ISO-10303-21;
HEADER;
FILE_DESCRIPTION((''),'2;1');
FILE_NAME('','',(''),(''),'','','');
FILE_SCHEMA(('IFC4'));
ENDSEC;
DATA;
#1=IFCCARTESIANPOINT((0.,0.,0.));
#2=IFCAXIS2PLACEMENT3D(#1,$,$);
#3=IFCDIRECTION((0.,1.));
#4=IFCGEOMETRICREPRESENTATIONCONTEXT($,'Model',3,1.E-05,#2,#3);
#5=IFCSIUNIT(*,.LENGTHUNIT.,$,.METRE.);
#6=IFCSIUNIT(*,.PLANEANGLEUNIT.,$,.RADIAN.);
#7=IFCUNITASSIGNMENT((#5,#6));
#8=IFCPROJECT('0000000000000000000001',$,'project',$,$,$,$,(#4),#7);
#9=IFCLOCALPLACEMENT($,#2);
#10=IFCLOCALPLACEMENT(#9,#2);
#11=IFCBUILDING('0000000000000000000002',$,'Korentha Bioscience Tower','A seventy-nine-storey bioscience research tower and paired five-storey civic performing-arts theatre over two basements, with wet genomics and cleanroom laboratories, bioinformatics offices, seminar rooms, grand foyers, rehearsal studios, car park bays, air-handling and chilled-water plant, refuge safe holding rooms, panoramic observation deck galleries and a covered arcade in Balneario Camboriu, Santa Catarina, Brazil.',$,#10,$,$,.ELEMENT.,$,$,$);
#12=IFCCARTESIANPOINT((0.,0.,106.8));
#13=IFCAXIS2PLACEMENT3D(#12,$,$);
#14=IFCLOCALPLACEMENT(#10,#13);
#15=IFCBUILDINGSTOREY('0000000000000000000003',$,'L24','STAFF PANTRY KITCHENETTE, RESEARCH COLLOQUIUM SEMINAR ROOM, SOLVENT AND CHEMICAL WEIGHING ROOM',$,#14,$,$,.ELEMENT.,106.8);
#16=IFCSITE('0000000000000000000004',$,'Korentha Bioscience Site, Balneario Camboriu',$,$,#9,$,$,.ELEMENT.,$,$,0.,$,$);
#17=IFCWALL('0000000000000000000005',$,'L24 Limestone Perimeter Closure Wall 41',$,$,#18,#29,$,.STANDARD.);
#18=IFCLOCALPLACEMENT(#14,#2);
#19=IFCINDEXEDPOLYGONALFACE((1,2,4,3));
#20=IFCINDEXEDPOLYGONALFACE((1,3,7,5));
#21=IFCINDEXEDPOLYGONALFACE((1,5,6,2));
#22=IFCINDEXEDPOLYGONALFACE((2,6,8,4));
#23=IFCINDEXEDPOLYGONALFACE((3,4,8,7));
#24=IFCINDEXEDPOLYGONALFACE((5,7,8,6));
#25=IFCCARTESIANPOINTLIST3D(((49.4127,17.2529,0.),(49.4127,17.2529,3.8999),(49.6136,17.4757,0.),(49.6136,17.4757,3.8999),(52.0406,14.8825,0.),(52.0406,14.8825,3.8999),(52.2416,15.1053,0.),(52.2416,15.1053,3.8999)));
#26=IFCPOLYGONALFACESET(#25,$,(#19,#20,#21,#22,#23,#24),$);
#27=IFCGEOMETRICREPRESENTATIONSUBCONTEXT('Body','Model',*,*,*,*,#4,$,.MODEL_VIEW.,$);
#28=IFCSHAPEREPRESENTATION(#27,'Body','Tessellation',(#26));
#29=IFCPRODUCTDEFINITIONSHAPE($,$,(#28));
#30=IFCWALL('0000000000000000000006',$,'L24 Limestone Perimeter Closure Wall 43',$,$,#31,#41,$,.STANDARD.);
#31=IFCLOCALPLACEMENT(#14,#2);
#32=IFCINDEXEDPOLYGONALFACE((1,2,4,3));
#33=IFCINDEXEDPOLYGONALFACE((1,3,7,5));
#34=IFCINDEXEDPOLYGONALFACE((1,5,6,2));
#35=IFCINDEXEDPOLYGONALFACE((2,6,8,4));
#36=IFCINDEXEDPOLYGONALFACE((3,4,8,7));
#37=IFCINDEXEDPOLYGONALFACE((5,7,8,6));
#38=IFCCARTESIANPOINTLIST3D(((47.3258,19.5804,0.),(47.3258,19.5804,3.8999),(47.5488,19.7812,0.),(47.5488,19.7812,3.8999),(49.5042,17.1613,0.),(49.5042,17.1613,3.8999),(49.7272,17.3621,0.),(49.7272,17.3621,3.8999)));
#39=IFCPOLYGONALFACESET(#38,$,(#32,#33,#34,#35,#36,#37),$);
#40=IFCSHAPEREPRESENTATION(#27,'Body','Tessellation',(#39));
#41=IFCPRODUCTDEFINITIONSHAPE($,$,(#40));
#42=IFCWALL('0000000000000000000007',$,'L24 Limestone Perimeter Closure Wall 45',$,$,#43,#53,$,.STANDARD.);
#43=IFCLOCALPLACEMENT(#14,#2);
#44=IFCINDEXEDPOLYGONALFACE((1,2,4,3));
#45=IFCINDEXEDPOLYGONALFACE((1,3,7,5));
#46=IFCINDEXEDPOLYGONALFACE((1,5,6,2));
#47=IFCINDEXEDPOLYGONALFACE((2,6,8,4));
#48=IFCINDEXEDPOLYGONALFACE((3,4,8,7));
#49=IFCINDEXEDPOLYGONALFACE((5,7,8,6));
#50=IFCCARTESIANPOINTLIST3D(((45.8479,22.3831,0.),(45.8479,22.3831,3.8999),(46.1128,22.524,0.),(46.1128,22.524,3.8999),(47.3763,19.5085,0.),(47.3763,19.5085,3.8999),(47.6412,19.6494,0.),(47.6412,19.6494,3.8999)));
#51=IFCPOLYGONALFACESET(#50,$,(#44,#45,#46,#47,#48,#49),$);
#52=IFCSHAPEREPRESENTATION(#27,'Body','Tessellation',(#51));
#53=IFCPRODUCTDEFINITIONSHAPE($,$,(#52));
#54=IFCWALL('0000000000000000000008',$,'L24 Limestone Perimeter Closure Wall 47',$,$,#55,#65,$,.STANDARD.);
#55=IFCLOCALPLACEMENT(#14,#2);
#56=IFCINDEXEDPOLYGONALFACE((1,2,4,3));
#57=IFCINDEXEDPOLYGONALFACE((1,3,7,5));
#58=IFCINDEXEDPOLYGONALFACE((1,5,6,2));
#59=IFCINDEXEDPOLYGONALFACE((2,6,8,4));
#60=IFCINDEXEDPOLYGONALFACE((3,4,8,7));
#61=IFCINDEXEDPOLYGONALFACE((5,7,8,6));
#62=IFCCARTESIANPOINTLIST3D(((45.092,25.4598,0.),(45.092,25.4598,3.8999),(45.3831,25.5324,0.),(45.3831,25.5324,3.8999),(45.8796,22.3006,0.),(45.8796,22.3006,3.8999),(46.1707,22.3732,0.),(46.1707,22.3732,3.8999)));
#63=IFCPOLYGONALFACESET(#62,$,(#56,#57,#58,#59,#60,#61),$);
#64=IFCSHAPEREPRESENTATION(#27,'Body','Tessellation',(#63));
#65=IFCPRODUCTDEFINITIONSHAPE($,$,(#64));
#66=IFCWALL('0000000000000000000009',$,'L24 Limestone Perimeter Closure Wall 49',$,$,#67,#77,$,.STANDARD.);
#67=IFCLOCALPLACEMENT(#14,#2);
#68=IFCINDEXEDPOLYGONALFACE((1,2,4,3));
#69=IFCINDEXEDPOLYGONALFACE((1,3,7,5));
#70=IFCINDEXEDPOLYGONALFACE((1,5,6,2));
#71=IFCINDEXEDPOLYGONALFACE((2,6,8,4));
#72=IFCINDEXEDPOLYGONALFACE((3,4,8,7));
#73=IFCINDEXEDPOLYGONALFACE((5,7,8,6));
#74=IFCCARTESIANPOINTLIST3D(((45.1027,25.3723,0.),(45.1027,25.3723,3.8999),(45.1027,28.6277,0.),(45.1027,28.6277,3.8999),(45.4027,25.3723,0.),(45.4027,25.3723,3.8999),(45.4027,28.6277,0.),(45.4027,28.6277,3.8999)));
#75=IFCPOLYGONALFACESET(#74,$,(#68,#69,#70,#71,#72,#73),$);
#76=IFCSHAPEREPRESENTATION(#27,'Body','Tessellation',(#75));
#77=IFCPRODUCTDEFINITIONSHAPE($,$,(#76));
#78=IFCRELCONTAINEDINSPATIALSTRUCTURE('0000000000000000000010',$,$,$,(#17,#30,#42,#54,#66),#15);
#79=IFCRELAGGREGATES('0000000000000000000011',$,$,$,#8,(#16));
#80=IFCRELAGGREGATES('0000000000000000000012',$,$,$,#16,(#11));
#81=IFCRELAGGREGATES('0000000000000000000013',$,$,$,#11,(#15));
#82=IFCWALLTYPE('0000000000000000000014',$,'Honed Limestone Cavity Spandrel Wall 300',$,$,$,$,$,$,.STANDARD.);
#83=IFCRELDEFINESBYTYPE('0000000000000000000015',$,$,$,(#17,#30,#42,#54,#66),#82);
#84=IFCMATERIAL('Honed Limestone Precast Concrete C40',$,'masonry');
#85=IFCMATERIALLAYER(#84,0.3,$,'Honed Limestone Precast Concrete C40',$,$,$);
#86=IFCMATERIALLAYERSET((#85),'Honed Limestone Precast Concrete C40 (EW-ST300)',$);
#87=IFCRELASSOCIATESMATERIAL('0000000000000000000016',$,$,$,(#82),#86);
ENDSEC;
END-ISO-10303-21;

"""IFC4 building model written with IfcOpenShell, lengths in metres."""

from ifc_helpers import new_model, si_unit, direction, frame, frame_2d, origin, place, context, subcontext, project, spatial, rectangle, extrude, material, layer, layer_set, type_object, element, save


model = new_model("IFC4")

# Units and contexts
model_context = context("Model", 3, precision=1e-05, world=origin(), true_north=direction((0.0, 1.0)))
body_context = subcontext(model_context, "Body", "Model", "MODEL_VIEW")
ifc_project = project(units=[si_unit("LENGTHUNIT", "METRE"), si_unit("PLANEANGLEUNIT", "RADIAN")], contexts=[model_context])

# Site, building, storey
site_placement = place(None, origin())
site = spatial("IfcSite", under=ifc_project, at=site_placement, Name="Korentha Bioscience Site, Balneario Camboriu", CompositionType="ELEMENT", RefElevation=0.0)
building_placement = place(site_placement, origin())
building = spatial("IfcBuilding", under=site, at=building_placement, Name="Korentha Bioscience Tower", Description="A seventy-nine-storey bioscience research tower and paired five-storey civic performing-arts theatre over two basements, with wet genomics and cleanroom laboratories, bioinformatics offices, seminar rooms, grand foyers, rehearsal studios, car park bays, air-handling and chilled-water plant, refuge safe holding rooms, panoramic observation deck galleries and a covered arcade in Balneario Camboriu, Santa Catarina, Brazil.", CompositionType="ELEMENT")
storey_placement = place(building_placement, frame((0.0, 0.0, 106.8)))
storey = spatial("IfcBuildingStorey", under=building, at=storey_placement, Name="L24", Description="STAFF PANTRY KITCHENETTE, RESEARCH COLLOQUIUM SEMINAR ROOM, SOLVENT AND CHEMICAL WEIGHING ROOM", CompositionType="ELEMENT", Elevation=106.8)

# Walls
ifc_material_1 = material(Name="Honed Limestone Precast Concrete C40", Category="masonry")
ifc_layer_1 = layer(ifc_material_1, 0.3, Name="Honed Limestone Precast Concrete C40")
ifc_layer_set_1 = layer_set([ifc_layer_1], Name="Honed Limestone Precast Concrete C40 (EW-ST300)")
wall_type_1 = type_object("IfcWallType", Name="Honed Limestone Cavity Spandrel Wall 300", PredefinedType="STANDARD", material=ifc_layer_set_1)
wall_1_placement = place(storey_placement, frame((52.1411, 14.9939, 0.0), z_axis=(0.0, 0.0, 1.0), x_axis=(-0.74256, 0.66978, 0.0)))
element("IfcWall", 1, at=wall_1_placement, inside=storey, type_object=wall_type_1, Name="L24 Limestone Perimeter Closure Wall 41", PredefinedType="STANDARD", context=body_context, shape_type="SweptSolid", body=[
    extrude(rectangle(XDim=3.5391, YDim=0.3, at=frame_2d((1.7695, 0.0))), origin(), (0.0, 0.0, 1.0), 3.8999),
])
wall_2_placement = place(storey_placement, frame((49.6157, 17.2617, 0.0), z_axis=(0.0, 0.0, 1.0), x_axis=(-0.669168, 0.743111, 0.0)))
element("IfcWall", 2, at=wall_2_placement, inside=storey, type_object=wall_type_1, Name="L24 Limestone Perimeter Closure Wall 43", PredefinedType="STANDARD", context=body_context, shape_type="SweptSolid", body=[
    extrude(rectangle(XDim=3.2554, YDim=0.3, at=frame_2d((1.6277, 0.0))), origin(), (0.0, 0.0, 1.0), 3.8999),
])
wall_3_placement = place(storey_placement, frame((47.5088, 19.5789, 0.0), z_axis=(0.0, 0.0, 1.0), x_axis=(-0.469451, 0.882958, 0.0)))
element("IfcWall", 3, at=wall_3_placement, inside=storey, type_object=wall_type_1, Name="L24 Limestone Perimeter Closure Wall 45", PredefinedType="STANDARD", context=body_context, shape_type="SweptSolid", body=[
    extrude(rectangle(XDim=3.2556, YDim=0.3, at=frame_2d((1.6279, 0.0))), origin(), (0.0, 0.0, 1.0), 3.8999),
])
wall_4_placement = place(storey_placement, frame((46.0251, 22.3369, 0.0), z_axis=(0.0, 0.0, 1.0), x_axis=(-0.2419, 0.970301, 0.0)))
element("IfcWall", 4, at=wall_4_placement, inside=storey, type_object=wall_type_1, Name="L24 Limestone Perimeter Closure Wall 47", PredefinedType="STANDARD", context=body_context, shape_type="SweptSolid", body=[
    extrude(rectangle(XDim=3.2559, YDim=0.3, at=frame_2d((1.6279, 0.0))), origin(), (0.0, 0.0, 1.0), 3.8999),
])
wall_5_placement = place(storey_placement, frame((45.2527, 25.3723, 0.0), z_axis=(0.0, 0.0, 1.0), x_axis=(0.0, 1.0, 0.0)))
element("IfcWall", 5, at=wall_5_placement, inside=storey, type_object=wall_type_1, Name="L24 Limestone Perimeter Closure Wall 49", PredefinedType="STANDARD", context=body_context, shape_type="SweptSolid", body=[
    extrude(rectangle(XDim=3.2554, YDim=0.3, at=frame_2d((1.6277, 0.0))), origin(), (0.0, 0.0, 1.0), 3.8999),
])

save(model, "model.ifc")
